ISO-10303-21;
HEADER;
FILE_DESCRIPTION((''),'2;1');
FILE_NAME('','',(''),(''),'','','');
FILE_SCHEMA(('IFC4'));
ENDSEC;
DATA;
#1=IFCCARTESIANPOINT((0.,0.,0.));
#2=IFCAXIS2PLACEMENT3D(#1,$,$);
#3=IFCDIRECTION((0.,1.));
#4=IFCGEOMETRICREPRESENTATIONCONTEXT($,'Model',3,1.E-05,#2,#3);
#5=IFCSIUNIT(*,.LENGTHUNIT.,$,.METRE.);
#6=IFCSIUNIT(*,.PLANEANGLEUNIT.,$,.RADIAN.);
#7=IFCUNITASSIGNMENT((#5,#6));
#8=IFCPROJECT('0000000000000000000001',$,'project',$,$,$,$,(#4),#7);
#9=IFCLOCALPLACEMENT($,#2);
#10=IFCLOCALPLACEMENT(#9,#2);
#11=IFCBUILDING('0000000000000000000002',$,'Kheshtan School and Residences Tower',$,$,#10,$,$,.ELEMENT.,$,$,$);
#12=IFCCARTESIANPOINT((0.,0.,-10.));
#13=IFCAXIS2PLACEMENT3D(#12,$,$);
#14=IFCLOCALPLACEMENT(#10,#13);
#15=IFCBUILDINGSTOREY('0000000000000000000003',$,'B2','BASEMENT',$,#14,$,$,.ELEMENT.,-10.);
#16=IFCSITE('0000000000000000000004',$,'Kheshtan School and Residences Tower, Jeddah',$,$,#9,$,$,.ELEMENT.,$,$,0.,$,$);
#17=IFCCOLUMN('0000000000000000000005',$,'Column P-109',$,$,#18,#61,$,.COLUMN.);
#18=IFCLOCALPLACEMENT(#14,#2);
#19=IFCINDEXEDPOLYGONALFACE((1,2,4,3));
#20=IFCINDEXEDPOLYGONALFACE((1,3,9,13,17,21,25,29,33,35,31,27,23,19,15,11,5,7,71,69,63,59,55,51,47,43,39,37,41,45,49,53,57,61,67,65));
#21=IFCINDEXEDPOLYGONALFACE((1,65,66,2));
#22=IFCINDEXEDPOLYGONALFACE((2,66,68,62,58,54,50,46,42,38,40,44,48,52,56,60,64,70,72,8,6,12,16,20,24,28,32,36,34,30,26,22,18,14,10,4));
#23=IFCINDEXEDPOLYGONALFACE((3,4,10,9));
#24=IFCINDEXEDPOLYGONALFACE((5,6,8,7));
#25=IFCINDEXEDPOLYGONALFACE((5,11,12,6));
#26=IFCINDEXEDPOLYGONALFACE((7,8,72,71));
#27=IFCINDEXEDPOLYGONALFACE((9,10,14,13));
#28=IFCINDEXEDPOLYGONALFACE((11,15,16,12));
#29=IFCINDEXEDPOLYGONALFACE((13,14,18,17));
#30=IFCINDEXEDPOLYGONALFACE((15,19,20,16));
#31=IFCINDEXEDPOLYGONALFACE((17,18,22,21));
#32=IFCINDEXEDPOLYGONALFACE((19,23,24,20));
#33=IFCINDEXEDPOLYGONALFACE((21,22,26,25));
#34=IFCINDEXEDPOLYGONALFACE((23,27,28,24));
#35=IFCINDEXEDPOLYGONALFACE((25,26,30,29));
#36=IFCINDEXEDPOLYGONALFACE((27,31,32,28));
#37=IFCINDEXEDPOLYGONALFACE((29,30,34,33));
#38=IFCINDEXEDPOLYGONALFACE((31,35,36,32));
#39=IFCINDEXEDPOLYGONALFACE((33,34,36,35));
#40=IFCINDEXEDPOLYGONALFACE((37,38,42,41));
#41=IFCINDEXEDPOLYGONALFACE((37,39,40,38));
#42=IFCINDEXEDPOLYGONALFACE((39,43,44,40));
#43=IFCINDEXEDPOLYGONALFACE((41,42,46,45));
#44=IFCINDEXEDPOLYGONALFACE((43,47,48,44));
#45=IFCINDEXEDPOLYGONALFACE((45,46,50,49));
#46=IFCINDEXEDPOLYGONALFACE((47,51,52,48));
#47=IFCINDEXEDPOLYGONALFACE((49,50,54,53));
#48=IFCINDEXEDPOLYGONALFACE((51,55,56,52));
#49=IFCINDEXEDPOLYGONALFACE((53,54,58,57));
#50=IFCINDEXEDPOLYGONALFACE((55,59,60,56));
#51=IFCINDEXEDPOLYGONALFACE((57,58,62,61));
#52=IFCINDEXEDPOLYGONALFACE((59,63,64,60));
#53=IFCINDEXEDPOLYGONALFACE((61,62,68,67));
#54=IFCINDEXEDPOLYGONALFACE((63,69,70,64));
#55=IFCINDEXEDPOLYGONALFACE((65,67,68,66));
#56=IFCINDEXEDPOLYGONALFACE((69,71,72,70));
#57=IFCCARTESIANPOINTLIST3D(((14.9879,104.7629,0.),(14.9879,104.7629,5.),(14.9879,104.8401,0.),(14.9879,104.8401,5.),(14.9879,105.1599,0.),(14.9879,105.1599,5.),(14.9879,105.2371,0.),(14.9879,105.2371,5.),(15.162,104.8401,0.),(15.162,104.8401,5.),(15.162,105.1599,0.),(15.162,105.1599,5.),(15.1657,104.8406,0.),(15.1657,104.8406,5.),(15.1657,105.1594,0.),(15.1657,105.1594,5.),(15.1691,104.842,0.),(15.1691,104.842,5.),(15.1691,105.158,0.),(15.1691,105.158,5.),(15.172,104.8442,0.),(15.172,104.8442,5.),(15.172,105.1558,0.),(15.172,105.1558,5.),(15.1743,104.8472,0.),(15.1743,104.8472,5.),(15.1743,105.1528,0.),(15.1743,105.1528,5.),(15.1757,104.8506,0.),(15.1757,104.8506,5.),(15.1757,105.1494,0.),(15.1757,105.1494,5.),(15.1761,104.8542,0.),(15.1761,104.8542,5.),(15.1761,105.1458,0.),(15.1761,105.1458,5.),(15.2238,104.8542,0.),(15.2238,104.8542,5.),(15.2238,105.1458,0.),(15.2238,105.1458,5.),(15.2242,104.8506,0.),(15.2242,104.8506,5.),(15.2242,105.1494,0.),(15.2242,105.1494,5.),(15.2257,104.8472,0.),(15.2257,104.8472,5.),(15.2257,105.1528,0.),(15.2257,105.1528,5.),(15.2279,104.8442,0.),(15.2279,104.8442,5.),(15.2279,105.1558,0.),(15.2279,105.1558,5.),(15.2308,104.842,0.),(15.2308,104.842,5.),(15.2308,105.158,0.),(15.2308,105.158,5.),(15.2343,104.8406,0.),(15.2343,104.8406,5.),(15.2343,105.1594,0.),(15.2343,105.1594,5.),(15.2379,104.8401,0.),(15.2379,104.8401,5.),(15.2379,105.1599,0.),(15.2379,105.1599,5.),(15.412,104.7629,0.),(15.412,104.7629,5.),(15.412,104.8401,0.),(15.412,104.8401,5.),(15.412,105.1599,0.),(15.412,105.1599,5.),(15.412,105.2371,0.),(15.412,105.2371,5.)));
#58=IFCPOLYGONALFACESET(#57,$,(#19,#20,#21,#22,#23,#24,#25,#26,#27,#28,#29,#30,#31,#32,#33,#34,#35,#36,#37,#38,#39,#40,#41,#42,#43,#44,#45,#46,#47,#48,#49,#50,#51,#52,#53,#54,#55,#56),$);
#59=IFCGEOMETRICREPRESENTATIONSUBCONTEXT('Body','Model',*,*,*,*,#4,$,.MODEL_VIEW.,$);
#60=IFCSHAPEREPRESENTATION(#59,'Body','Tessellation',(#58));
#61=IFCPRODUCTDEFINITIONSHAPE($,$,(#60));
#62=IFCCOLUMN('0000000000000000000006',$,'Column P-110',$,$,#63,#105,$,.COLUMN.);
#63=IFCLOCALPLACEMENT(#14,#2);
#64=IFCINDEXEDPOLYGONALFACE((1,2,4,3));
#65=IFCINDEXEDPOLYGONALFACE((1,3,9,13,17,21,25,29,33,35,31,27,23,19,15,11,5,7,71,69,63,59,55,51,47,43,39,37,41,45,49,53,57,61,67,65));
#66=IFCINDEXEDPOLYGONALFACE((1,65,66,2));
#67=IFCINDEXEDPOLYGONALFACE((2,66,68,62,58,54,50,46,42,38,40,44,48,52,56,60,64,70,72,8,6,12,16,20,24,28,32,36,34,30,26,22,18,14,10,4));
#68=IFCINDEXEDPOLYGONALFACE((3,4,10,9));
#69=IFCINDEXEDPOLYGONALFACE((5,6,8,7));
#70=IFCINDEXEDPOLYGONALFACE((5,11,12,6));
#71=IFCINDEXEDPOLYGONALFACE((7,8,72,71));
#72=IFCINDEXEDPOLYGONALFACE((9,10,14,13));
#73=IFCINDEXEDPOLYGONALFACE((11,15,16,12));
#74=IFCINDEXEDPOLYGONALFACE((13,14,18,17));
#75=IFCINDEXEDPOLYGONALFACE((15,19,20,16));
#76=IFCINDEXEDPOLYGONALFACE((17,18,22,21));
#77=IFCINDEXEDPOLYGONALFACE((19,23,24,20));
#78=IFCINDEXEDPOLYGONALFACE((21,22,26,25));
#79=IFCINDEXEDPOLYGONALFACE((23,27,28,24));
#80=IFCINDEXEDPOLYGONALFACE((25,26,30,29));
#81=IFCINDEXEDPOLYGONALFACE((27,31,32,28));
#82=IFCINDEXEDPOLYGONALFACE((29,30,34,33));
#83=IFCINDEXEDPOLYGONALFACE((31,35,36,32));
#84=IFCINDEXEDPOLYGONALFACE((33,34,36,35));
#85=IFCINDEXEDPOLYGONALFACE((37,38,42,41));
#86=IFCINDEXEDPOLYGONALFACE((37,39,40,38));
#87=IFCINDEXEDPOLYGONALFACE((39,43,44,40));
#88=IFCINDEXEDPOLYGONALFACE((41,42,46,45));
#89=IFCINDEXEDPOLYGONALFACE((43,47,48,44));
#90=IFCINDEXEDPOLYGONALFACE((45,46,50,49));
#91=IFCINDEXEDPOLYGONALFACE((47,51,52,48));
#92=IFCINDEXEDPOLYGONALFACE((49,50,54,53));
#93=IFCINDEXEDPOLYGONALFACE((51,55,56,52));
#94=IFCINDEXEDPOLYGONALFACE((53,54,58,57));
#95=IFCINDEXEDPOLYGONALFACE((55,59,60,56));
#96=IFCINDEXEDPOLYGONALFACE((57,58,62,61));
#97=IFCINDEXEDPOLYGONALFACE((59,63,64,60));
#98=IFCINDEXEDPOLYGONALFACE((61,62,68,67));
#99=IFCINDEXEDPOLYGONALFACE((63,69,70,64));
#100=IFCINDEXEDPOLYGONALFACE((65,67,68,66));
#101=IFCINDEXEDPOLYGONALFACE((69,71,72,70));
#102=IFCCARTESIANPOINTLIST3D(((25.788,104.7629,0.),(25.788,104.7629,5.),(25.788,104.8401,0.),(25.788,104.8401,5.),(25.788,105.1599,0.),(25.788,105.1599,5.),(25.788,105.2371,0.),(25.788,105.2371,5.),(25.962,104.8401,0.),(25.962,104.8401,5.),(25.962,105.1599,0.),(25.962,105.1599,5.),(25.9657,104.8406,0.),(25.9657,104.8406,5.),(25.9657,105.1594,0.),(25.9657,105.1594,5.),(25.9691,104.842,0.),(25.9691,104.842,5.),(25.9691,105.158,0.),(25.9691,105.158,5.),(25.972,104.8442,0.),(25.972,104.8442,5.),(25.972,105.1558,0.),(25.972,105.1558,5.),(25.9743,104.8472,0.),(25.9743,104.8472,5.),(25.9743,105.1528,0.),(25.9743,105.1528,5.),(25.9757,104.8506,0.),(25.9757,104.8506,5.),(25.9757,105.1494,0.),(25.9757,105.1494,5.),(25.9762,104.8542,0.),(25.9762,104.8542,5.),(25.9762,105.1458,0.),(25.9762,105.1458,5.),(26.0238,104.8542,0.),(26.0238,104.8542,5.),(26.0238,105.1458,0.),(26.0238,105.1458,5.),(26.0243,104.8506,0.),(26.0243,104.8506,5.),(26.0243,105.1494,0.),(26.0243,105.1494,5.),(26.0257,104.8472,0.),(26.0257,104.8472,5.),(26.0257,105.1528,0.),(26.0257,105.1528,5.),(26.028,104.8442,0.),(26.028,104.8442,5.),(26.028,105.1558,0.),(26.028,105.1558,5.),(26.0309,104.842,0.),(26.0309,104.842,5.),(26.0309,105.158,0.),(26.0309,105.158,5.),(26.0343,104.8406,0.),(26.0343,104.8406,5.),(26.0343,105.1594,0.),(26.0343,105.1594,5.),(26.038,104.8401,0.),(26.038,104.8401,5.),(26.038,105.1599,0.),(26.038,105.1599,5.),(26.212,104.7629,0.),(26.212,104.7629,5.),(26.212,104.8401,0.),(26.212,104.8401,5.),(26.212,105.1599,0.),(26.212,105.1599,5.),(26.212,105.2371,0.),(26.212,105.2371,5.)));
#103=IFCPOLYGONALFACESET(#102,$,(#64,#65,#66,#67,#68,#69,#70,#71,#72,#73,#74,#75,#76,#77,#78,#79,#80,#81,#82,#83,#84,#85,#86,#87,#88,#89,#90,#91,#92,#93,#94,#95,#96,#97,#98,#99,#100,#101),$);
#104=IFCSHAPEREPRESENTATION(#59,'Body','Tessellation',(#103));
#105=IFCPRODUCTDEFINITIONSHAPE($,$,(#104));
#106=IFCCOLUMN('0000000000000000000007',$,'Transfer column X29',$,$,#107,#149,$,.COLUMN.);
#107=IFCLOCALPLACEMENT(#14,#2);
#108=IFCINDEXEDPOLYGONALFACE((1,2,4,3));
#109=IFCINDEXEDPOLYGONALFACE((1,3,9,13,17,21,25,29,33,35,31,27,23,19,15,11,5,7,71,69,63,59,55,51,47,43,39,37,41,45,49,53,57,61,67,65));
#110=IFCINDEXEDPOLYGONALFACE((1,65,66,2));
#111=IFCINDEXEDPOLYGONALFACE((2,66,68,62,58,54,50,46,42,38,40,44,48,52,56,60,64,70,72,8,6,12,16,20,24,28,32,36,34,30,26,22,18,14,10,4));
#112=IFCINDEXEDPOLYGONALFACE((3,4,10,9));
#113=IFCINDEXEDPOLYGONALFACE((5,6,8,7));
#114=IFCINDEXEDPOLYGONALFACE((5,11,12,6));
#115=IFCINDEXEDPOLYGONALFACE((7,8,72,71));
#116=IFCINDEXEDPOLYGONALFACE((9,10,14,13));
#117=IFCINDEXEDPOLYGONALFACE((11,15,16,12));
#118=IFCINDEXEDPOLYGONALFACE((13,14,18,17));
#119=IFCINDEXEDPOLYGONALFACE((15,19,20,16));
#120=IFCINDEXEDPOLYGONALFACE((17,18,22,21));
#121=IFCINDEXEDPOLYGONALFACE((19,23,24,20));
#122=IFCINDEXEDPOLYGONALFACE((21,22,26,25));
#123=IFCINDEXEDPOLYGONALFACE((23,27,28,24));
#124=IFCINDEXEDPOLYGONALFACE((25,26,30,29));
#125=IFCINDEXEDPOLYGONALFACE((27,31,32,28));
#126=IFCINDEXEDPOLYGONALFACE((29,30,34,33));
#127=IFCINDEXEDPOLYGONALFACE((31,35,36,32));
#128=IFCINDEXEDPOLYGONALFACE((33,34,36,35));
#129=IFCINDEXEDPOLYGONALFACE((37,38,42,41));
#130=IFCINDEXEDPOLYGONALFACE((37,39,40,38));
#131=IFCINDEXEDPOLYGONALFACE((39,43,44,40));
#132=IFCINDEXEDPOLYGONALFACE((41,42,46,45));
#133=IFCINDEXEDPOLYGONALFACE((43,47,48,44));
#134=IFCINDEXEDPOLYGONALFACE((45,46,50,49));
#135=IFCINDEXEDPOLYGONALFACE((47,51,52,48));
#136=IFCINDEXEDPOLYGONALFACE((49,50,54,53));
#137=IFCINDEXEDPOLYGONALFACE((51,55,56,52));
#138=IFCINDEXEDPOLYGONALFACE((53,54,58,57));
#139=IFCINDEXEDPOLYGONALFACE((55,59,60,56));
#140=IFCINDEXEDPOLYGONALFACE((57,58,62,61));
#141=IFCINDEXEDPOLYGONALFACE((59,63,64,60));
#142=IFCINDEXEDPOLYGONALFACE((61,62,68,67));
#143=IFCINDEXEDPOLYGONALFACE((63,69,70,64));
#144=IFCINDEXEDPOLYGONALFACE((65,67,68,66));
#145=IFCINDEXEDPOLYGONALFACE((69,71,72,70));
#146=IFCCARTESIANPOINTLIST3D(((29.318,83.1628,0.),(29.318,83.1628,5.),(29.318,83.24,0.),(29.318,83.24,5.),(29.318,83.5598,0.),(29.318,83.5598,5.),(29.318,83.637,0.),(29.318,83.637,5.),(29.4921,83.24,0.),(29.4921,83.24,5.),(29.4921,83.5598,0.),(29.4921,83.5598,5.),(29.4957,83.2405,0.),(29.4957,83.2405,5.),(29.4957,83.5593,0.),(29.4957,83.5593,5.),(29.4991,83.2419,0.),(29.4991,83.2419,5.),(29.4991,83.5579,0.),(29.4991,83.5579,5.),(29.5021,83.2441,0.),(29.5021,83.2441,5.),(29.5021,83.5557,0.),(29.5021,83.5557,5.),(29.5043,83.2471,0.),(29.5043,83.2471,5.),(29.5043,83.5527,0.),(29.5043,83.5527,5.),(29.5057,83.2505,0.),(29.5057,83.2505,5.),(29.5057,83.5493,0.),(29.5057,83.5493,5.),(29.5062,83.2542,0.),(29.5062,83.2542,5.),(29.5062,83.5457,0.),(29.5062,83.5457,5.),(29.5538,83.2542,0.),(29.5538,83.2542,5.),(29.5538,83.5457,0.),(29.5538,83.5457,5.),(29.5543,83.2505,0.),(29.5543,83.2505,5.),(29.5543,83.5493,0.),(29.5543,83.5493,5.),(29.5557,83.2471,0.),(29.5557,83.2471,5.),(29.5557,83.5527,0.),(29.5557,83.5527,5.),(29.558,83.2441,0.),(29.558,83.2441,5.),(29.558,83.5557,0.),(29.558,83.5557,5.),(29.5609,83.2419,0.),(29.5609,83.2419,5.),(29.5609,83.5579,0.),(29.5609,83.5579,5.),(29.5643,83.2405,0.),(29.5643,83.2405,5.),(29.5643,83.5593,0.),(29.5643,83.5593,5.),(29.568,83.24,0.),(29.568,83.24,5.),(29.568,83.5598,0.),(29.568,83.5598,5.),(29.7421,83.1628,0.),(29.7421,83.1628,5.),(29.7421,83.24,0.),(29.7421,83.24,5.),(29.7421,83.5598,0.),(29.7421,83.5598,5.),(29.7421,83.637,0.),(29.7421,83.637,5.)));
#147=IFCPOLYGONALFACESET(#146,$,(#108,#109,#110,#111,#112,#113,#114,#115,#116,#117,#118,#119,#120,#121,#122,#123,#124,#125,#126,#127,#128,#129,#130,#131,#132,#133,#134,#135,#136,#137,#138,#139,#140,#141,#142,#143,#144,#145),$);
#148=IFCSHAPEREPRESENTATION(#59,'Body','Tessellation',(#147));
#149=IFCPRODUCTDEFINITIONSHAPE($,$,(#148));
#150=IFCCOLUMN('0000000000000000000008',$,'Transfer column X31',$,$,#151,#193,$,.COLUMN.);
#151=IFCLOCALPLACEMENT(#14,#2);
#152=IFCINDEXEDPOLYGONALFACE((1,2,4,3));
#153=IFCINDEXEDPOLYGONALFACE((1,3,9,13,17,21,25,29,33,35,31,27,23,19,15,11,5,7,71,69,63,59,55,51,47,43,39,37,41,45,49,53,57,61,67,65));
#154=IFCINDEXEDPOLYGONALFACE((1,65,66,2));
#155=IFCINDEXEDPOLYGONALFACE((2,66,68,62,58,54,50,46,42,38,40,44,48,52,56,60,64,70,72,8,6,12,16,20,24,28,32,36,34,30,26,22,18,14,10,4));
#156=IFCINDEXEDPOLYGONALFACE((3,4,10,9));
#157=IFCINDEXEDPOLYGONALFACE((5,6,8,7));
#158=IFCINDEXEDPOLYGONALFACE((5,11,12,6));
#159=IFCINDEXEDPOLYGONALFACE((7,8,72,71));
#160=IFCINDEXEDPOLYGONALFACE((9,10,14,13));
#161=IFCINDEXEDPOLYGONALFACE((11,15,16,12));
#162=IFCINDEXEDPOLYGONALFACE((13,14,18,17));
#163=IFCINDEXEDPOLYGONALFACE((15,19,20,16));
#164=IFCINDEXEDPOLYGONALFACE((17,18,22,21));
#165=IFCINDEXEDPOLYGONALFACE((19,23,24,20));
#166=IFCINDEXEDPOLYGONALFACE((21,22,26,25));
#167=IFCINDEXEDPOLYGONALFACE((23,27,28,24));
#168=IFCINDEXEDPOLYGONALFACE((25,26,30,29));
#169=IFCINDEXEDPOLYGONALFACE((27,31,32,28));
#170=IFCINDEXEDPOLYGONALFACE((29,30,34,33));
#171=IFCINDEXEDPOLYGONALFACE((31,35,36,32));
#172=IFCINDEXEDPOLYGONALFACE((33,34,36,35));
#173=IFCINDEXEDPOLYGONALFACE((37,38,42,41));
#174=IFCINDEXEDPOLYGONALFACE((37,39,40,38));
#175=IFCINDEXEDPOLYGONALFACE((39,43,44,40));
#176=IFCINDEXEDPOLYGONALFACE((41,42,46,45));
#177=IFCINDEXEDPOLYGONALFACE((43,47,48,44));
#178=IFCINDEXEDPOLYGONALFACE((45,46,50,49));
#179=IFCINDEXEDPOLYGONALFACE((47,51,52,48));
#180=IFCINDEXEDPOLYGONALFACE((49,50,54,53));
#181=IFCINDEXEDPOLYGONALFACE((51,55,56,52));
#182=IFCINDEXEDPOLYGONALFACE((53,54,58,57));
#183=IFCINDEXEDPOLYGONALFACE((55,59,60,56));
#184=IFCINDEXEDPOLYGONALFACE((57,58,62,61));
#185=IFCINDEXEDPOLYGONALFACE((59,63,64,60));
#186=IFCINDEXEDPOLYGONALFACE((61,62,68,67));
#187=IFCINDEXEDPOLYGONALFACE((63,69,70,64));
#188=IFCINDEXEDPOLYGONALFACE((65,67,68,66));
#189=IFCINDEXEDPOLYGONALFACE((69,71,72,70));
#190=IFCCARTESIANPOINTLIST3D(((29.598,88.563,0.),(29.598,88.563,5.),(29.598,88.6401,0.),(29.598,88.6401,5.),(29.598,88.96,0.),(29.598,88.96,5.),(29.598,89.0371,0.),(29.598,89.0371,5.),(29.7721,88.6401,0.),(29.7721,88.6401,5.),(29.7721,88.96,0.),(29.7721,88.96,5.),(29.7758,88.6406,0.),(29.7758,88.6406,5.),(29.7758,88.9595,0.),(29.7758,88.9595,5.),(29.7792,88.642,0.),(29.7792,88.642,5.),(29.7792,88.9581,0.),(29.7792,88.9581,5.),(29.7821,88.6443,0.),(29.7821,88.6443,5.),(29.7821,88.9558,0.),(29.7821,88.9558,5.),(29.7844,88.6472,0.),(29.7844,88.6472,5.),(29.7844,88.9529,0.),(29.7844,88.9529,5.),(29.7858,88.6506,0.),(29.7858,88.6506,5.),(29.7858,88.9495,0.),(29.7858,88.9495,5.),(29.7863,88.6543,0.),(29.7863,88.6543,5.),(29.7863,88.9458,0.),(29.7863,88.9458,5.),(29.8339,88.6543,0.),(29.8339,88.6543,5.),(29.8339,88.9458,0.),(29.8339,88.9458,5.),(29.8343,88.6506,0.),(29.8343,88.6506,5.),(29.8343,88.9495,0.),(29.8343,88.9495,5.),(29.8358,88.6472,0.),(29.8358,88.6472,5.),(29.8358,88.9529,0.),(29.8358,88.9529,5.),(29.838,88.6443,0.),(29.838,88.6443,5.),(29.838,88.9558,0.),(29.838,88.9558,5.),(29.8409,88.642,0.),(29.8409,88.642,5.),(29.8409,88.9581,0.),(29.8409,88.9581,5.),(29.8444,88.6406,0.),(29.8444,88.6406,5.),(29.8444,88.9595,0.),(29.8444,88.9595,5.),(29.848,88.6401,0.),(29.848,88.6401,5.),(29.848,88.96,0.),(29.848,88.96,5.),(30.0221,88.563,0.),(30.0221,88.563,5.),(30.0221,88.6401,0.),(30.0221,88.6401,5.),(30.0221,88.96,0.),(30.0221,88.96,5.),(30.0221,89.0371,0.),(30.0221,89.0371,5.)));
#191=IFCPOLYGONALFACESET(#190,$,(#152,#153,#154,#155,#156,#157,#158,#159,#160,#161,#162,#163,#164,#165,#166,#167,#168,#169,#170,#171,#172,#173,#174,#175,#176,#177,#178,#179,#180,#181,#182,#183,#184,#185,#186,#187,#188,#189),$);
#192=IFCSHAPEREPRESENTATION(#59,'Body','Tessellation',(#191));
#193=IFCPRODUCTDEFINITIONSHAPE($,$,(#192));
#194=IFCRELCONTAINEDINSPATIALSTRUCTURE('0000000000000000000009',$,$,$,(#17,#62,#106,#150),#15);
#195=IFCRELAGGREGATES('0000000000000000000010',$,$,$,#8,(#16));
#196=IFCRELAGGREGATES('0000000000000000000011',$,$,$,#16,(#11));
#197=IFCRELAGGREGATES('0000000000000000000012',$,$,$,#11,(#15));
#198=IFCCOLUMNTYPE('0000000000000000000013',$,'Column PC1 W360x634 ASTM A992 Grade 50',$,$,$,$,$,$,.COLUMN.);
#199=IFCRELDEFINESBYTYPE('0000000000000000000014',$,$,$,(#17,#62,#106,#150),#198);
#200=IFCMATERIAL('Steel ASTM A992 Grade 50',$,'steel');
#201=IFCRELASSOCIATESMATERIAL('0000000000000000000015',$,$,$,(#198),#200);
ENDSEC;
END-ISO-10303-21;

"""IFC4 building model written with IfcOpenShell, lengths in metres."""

from ifc_helpers import new_model, si_unit, direction, frame, origin, origin_2d, place, context, subcontext, project, spatial, i_section, extrude, material, material_profile, profile_set, type_object, element, save


model = new_model("IFC4")

# Units and contexts
model_context = context("Model", 3, precision=1e-05, world=origin(), true_north=direction((0.0, 1.0)))
body_context = subcontext(model_context, "Body", "Model", "MODEL_VIEW")
ifc_project = project(units=[si_unit("LENGTHUNIT", "METRE"), si_unit("PLANEANGLEUNIT", "RADIAN")], contexts=[model_context])

# Site, building, storey
site_placement = place(None, origin())
site = spatial("IfcSite", under=ifc_project, at=site_placement, Name="Kheshtan School and Residences Tower, Jeddah", CompositionType="ELEMENT", RefElevation=0.0)
building_placement = place(site_placement, origin())
building = spatial("IfcBuilding", under=site, at=building_placement, Name="Kheshtan School and Residences Tower", CompositionType="ELEMENT")
storey_placement = place(building_placement, frame((0.0, 0.0, -10.0)))
storey = spatial("IfcBuildingStorey", under=building, at=storey_placement, Name="B2", Description="BASEMENT", CompositionType="ELEMENT", Elevation=-10.0)

# Columns
ifc_material_1 = material(Name="Steel ASTM A992 Grade 50", Category="steel")
ifc_material_profile = material_profile(ifc_material_1, i_section(OverallWidth=0.4241, OverallDepth=0.4741, WebThickness=0.0476, FlangeThickness=0.0771, FilletRadius=0.0142, at=origin_2d()), Name="W360x634")
ifc_profile_set = profile_set([ifc_material_profile], Name="Steel ASTM A992 Grade 50")
column_type = type_object("IfcColumnType", Name="Column PC1 W360x634 ASTM A992 Grade 50", PredefinedType="COLUMN", material=ifc_profile_set)
for number, where, z_axis, x_axis, name in (
    (1, (15.2, 105.0, 0.0), (0.0, 0.0, 1.0), (1.0, 0.0, 0.0), "Column P-109"),
    (2, (26.0, 105.0, 0.0), (0.0, 0.0, 1.0), (1.0, 0.0, 0.0), "Column P-110"),
    (3, (29.53, 83.3999, 0.0), (0.0, 0.0, 1.0), (1.0, 0.0, 0.0), "Transfer column X29"),
    (4, (29.8101, 88.8, 0.0), (0.0, 0.0, 1.0), (1.0, 0.0, 0.0), "Transfer column X31"),
):
    element("IfcColumn", number, at=place(storey_placement, frame(where, z_axis=z_axis, x_axis=x_axis)), inside=storey, type_object=column_type, Name=name, PredefinedType="COLUMN", context=body_context, shape_type="SweptSolid", body=[
        extrude(i_section(OverallWidth=0.4241, OverallDepth=0.4741, WebThickness=0.0476, FlangeThickness=0.0771, FilletRadius=0.0142, at=origin_2d()), origin(), (0.0, 0.0, 1.0), 5.0),
    ])

save(model, "model.ifc")
